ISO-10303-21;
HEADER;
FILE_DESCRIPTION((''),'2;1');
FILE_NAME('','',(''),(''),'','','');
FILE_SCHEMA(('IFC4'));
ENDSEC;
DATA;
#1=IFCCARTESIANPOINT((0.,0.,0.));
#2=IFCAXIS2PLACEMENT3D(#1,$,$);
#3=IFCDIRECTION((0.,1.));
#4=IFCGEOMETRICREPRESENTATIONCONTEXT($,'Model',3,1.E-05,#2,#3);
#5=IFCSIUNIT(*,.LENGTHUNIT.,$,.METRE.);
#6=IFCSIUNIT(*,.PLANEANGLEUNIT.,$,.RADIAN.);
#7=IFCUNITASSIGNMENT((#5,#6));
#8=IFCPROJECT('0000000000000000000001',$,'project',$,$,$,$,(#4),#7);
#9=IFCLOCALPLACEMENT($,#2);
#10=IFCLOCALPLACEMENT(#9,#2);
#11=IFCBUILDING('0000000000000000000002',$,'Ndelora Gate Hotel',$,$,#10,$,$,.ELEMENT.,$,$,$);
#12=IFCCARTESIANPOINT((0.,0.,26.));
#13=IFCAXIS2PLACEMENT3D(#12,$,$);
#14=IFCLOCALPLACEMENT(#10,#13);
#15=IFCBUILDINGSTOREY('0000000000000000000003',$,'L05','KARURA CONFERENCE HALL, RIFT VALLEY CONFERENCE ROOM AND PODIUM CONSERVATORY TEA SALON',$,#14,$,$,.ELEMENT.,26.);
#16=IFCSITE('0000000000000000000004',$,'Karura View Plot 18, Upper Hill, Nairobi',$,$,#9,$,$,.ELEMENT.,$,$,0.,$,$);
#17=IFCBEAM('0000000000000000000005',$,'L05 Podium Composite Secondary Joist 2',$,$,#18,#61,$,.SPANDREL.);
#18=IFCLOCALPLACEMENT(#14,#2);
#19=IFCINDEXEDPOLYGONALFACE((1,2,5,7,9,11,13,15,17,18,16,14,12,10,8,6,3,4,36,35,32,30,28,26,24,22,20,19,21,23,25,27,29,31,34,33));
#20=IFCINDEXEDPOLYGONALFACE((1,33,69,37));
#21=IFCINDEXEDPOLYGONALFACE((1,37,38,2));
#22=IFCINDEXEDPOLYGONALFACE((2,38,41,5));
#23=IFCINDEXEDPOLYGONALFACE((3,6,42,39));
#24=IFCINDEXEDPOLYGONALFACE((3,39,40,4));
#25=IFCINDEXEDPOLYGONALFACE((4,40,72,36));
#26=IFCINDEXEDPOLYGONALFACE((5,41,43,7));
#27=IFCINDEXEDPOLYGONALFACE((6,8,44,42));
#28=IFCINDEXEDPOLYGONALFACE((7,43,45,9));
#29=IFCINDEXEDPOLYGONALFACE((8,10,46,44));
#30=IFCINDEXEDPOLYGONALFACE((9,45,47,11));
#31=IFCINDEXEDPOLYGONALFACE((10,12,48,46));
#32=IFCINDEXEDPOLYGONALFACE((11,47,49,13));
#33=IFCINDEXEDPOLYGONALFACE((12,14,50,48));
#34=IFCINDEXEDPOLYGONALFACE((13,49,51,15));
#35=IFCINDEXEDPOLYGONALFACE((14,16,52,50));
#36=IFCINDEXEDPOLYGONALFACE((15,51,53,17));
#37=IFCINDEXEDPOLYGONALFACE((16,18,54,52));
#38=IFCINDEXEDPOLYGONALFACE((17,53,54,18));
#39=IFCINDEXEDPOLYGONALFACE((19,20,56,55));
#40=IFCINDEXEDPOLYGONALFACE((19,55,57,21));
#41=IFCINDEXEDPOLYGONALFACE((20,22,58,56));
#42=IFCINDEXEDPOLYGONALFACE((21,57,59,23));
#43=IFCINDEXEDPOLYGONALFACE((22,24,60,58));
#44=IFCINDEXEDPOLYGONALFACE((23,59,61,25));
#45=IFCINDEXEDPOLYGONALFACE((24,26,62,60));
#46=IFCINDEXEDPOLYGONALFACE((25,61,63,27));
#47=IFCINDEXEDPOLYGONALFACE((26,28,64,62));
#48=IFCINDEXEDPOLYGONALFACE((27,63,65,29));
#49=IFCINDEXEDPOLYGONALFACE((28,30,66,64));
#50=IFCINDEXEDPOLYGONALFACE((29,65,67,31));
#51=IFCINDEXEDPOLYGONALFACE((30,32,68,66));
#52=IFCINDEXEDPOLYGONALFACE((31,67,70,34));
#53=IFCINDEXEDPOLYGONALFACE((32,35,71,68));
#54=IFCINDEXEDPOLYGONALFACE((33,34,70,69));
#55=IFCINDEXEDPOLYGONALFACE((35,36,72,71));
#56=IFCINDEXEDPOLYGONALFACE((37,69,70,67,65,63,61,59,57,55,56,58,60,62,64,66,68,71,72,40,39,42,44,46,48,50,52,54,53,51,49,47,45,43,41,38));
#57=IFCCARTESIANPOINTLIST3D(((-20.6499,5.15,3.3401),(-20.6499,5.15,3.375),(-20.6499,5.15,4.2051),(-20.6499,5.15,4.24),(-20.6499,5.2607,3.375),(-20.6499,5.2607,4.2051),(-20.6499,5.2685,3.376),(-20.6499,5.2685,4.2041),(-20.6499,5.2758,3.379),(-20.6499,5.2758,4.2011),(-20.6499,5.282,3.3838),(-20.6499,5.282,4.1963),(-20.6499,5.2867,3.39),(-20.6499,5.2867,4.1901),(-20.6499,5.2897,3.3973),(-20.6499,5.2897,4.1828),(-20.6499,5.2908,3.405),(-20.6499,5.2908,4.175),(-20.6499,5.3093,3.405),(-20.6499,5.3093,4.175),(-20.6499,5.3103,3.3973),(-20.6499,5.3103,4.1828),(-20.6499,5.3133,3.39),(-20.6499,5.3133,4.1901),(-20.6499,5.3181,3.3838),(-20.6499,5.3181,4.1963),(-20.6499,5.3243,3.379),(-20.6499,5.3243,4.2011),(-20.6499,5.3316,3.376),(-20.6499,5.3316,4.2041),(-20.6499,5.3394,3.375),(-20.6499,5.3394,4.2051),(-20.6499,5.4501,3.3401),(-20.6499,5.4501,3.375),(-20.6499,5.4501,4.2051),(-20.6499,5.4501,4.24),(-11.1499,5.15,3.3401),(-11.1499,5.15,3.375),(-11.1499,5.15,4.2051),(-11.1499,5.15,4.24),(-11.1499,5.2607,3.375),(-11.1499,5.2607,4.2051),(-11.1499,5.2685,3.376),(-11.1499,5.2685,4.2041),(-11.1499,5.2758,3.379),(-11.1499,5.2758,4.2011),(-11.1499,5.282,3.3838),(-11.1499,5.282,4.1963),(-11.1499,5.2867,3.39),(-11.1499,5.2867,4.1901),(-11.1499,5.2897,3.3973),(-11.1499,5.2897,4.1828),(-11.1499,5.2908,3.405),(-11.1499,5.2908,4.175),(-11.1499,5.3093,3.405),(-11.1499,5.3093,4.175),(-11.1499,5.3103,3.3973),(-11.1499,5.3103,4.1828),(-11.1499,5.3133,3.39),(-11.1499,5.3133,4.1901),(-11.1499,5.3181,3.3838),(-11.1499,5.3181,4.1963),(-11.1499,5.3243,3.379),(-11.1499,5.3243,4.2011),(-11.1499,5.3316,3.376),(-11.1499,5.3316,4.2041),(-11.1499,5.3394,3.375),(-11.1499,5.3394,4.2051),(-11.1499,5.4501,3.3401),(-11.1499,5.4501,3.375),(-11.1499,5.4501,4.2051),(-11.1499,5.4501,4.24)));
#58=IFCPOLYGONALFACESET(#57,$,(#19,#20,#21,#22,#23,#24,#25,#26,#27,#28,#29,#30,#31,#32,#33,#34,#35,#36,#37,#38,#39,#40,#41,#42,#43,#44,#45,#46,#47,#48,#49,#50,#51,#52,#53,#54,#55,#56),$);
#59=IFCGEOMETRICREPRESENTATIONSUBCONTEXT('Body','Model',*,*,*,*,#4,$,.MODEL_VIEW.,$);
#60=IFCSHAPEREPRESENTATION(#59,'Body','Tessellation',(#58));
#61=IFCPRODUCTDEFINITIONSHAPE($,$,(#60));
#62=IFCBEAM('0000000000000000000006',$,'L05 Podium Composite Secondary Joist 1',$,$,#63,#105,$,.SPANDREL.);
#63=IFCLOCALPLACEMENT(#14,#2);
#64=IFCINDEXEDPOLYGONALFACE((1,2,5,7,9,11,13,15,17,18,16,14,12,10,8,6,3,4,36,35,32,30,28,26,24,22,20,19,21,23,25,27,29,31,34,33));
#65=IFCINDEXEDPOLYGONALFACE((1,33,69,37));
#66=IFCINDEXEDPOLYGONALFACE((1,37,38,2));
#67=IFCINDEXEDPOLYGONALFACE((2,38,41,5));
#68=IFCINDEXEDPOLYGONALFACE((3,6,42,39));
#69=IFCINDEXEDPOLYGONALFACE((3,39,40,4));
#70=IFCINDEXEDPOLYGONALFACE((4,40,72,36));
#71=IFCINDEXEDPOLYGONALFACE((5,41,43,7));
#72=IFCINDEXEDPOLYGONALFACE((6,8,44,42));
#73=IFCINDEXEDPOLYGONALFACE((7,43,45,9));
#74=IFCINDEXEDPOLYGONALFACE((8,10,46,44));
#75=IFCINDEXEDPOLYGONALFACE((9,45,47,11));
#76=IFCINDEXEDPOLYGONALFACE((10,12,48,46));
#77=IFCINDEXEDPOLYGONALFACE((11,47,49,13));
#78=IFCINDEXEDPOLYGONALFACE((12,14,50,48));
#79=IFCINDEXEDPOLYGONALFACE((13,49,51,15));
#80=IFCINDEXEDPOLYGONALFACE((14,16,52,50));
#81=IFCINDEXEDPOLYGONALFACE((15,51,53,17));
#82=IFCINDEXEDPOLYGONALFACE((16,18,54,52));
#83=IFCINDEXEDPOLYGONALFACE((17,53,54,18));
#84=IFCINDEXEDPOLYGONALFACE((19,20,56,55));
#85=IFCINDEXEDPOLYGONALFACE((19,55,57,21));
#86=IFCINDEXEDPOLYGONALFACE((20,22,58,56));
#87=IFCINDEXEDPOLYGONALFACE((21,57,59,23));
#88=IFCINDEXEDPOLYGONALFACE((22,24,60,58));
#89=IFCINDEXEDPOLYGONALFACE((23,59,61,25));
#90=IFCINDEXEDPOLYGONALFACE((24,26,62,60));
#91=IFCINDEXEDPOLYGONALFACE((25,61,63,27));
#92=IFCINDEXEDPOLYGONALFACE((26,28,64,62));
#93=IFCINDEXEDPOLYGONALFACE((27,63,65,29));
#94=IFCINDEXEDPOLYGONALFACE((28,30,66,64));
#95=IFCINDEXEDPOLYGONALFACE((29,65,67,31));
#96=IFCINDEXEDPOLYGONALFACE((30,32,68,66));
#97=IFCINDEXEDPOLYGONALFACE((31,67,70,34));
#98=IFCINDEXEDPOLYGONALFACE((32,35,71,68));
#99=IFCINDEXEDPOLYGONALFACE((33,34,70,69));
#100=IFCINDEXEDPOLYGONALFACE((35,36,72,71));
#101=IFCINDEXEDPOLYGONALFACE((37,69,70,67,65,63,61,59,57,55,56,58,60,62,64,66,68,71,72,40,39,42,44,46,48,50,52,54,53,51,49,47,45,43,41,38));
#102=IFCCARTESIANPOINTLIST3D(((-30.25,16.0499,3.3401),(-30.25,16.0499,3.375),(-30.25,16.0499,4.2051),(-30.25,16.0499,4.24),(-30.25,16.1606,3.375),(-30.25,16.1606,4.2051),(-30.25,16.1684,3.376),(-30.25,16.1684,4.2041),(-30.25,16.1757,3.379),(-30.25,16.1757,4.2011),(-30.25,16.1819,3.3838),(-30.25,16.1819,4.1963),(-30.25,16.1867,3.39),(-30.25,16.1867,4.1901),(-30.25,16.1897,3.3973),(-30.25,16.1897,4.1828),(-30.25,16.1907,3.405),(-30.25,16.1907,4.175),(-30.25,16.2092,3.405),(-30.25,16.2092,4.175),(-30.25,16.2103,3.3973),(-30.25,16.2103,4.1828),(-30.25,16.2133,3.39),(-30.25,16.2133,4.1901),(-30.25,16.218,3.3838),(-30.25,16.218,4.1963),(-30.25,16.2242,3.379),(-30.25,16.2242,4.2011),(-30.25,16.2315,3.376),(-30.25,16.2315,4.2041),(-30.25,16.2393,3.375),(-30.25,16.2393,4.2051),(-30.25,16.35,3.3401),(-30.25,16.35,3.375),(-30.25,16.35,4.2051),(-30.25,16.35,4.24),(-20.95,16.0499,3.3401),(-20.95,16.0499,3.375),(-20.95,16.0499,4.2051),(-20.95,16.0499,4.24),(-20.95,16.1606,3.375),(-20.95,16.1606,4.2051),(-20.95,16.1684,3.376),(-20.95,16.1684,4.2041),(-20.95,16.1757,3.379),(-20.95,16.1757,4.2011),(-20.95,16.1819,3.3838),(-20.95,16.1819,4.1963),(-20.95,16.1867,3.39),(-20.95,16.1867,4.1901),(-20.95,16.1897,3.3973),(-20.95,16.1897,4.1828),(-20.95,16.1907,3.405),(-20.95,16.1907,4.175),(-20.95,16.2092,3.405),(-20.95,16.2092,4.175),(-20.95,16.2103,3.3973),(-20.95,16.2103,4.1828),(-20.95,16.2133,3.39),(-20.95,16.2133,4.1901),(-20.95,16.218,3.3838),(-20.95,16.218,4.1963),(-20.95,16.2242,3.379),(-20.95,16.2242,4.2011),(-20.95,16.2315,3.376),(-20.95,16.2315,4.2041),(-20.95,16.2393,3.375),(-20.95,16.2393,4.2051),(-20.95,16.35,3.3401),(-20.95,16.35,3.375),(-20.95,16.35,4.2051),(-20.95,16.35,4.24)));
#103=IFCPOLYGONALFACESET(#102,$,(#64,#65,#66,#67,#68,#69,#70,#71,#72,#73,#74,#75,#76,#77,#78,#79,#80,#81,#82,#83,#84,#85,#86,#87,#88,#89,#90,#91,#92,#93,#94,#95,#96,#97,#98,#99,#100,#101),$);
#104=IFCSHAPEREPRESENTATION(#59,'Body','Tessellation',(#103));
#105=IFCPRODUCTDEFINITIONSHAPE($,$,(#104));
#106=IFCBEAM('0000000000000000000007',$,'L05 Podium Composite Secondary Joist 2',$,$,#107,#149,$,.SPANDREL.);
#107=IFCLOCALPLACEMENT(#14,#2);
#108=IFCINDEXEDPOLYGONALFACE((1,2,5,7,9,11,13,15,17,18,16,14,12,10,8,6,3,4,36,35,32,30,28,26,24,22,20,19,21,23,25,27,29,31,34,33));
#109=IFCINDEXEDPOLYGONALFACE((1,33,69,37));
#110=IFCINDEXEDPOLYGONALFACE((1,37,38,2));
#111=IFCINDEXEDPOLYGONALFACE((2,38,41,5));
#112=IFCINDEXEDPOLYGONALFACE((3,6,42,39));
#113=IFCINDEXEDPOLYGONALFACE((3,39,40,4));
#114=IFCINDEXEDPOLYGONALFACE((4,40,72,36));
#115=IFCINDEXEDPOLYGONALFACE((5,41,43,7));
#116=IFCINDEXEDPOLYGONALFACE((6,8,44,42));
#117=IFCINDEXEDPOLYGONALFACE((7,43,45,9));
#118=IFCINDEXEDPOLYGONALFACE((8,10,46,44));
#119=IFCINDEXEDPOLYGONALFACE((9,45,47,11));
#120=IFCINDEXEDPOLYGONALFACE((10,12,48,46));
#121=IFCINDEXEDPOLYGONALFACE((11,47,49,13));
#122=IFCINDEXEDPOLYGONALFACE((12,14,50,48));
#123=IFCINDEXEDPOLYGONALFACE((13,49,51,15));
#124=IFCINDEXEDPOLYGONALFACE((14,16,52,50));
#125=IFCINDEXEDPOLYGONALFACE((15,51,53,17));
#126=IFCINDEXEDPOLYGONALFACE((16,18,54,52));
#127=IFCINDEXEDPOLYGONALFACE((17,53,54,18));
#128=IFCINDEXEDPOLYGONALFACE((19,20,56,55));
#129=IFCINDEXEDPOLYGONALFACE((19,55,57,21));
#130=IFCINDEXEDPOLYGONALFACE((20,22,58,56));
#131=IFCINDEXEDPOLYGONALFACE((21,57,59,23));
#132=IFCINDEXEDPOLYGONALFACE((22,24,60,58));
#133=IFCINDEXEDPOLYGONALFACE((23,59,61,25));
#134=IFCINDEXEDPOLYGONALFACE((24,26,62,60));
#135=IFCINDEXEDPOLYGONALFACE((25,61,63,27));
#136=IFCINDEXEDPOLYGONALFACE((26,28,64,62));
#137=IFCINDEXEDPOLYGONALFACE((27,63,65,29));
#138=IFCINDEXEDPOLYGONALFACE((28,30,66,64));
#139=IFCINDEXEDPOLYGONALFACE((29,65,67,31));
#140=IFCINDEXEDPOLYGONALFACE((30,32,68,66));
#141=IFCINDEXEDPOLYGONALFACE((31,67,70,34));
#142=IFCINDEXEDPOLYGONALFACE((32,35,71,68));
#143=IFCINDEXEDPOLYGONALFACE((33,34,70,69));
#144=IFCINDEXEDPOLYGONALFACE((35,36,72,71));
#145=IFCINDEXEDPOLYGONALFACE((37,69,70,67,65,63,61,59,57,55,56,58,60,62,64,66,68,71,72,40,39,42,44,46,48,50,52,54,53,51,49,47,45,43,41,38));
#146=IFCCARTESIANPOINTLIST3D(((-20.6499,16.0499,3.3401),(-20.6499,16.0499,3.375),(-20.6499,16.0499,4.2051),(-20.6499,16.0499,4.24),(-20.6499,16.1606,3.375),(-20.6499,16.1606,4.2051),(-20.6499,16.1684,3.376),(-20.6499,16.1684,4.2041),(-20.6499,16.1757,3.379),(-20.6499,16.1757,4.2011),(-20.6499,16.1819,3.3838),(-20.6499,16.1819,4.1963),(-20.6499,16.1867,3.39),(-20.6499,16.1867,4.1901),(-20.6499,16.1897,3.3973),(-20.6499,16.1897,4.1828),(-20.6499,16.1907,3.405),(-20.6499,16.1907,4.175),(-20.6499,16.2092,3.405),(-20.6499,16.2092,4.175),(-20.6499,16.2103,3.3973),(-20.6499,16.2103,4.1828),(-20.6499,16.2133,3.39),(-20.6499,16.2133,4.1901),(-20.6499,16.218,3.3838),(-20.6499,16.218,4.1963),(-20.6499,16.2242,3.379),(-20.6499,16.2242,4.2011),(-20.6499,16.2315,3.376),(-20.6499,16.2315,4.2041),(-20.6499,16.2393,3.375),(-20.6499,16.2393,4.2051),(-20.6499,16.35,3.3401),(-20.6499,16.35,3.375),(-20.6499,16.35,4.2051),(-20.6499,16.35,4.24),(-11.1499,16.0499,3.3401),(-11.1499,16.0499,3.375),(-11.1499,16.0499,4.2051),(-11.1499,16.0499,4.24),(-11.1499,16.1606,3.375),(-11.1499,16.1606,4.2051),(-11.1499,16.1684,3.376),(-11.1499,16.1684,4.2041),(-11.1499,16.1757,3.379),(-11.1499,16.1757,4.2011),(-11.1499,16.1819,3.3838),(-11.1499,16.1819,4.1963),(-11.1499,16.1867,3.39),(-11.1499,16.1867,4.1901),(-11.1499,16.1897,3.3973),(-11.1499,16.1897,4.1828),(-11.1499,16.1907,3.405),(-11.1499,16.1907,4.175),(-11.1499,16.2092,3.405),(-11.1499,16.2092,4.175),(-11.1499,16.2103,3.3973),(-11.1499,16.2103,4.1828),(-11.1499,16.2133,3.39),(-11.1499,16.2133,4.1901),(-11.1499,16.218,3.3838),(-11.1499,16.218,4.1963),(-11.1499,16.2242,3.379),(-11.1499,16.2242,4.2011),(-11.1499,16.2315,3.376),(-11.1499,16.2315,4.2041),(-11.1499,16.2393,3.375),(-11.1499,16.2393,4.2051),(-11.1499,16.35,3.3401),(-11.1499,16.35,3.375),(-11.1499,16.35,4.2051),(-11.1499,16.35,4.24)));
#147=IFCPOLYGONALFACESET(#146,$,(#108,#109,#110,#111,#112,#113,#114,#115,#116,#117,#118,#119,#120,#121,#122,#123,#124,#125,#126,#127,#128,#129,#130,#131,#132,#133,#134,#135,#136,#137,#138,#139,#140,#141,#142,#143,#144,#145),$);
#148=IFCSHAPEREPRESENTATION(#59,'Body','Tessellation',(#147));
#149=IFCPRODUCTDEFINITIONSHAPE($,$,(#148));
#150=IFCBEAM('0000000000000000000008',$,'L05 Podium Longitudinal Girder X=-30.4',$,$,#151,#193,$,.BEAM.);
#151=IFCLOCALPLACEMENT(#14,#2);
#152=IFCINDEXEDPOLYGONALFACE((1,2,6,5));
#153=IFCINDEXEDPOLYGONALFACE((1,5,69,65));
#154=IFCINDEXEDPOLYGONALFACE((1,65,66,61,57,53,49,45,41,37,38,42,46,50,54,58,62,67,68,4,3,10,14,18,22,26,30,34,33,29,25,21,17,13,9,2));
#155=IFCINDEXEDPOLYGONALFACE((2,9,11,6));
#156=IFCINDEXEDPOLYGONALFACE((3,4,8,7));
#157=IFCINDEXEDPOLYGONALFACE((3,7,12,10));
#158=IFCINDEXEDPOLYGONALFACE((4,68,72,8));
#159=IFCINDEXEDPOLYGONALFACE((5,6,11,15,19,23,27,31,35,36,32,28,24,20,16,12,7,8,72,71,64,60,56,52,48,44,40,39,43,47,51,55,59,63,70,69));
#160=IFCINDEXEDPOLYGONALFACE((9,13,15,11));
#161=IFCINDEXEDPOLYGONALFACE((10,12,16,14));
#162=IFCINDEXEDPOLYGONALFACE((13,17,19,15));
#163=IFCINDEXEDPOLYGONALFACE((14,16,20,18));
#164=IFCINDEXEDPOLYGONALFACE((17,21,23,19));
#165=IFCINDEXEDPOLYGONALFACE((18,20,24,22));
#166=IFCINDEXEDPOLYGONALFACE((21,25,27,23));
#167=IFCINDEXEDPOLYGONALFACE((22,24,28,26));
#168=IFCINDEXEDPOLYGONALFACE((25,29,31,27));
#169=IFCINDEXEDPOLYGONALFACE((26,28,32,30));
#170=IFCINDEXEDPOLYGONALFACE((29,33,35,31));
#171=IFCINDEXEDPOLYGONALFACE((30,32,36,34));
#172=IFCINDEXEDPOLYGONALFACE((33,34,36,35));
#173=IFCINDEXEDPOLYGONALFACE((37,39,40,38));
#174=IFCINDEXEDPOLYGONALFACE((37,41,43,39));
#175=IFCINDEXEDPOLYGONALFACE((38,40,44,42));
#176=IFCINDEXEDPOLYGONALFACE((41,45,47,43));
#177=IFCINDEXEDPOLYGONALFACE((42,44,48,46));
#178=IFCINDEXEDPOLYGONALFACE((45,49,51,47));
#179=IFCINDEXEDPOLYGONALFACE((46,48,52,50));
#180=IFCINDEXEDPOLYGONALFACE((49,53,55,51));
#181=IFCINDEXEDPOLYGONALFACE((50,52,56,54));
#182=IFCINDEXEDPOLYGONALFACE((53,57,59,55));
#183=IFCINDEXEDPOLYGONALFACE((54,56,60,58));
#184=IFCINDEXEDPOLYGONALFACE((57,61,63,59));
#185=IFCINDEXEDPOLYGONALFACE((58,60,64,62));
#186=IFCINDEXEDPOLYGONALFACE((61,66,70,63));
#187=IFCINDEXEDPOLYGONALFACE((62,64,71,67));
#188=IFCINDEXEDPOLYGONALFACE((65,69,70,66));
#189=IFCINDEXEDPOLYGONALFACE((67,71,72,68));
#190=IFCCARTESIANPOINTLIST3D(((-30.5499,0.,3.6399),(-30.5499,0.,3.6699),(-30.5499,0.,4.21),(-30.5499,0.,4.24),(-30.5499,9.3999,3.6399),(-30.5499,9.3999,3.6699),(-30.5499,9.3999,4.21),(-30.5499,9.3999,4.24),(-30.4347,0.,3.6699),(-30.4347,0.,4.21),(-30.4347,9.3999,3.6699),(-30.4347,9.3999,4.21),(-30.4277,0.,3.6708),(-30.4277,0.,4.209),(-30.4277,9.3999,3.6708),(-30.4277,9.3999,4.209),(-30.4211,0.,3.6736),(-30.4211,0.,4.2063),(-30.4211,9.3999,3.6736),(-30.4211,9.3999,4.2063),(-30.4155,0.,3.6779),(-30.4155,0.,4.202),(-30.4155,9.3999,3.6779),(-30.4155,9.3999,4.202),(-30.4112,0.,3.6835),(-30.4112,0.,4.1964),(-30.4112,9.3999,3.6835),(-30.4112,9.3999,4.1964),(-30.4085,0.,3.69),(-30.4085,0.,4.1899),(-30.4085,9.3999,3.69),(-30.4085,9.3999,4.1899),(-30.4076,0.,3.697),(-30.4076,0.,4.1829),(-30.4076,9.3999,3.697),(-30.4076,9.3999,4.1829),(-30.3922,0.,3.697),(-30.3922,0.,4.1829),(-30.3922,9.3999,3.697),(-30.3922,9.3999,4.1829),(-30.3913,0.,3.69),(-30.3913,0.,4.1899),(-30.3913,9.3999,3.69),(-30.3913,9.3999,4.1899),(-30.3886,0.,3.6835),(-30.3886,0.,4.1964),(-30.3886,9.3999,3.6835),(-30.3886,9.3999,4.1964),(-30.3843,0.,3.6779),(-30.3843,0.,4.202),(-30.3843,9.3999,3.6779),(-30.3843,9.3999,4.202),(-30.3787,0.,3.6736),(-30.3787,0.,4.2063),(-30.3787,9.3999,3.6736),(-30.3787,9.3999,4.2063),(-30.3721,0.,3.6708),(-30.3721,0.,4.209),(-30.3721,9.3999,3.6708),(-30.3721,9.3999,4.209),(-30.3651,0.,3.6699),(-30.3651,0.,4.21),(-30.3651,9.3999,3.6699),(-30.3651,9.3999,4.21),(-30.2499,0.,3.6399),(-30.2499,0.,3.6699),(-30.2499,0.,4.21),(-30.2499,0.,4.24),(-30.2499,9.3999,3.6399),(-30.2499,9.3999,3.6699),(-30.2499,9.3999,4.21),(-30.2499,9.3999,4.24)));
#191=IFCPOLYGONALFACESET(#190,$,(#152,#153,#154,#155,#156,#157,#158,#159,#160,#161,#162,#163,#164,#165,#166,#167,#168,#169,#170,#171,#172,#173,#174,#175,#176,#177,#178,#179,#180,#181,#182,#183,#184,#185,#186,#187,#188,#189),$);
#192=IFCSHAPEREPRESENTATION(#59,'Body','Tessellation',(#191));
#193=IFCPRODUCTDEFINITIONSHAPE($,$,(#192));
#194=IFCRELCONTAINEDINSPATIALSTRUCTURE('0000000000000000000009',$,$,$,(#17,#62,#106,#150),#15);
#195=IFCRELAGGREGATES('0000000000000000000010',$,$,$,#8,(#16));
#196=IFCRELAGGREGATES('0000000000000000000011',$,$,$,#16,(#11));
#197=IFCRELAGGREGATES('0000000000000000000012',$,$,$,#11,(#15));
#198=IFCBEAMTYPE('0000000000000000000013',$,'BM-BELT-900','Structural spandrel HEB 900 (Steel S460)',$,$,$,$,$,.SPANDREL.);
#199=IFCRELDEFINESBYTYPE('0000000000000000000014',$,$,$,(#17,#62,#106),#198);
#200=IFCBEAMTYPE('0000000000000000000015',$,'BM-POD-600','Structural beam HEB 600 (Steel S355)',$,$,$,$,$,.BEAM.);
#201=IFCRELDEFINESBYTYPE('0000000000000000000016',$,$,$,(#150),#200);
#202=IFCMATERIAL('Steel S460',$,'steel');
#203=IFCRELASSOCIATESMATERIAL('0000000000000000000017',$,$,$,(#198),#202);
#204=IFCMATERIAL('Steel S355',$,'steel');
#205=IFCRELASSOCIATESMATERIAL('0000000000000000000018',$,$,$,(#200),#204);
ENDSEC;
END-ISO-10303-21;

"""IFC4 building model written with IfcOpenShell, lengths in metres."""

from ifc_helpers import new_model, si_unit, direction, frame, origin, origin_2d, place, context, subcontext, project, spatial, i_section, extrude, material, material_profile, profile_set, type_object, element, save


model = new_model("IFC4")

# Units and contexts
model_context = context("Model", 3, precision=1e-05, world=origin(), true_north=direction((0.0, 1.0)))
body_context = subcontext(model_context, "Body", "Model", "MODEL_VIEW")
ifc_project = project(units=[si_unit("LENGTHUNIT", "METRE"), si_unit("PLANEANGLEUNIT", "RADIAN")], contexts=[model_context])

# Site, building, storey
site_placement = place(None, origin())
site = spatial("IfcSite", under=ifc_project, at=site_placement, Name="Karura View Plot 18, Upper Hill, Nairobi", CompositionType="ELEMENT", RefElevation=0.0)
building_placement = place(site_placement, origin())
building = spatial("IfcBuilding", under=site, at=building_placement, Name="Ndelora Gate Hotel", CompositionType="ELEMENT")
storey_placement = place(building_placement, frame((0.0, 0.0, 26.0)))
storey = spatial("IfcBuildingStorey", under=building, at=storey_placement, Name="L05", Description="KARURA CONFERENCE HALL, RIFT VALLEY CONFERENCE ROOM AND PODIUM CONSERVATORY TEA SALON", CompositionType="ELEMENT", Elevation=26.0)

# Beams
ifc_material_1 = material(Name="Steel S460", Category="steel")
ifc_material_profile_1 = material_profile(ifc_material_1, i_section(OverallWidth=0.3, OverallDepth=0.8999, WebThickness=0.0186, FlangeThickness=0.0349, FilletRadius=0.03, at=origin_2d()), Name="HEB 900")
ifc_profile_set_1 = profile_set([ifc_material_profile_1], Name="Steel S460")
beam_type_1 = type_object("IfcBeamType", Name="BM-BELT-900", Description="Structural spandrel HEB 900 (Steel S460)", PredefinedType="SPANDREL", material=ifc_profile_set_1)
beam_1_placement = place(storey_placement, frame((-20.6499, 5.3, 3.79), z_axis=(1.0, 0.0, 0.0), x_axis=(0.0, 1.0, 0.0)))
element("IfcBeam", 1, at=beam_1_placement, inside=storey, type_object=beam_type_1, Name="L05 Podium Composite Secondary Joist 2", PredefinedType="SPANDREL", context=body_context, shape_type="SweptSolid", body=[
    extrude(i_section(OverallWidth=0.3, OverallDepth=0.8999, WebThickness=0.0186, FlangeThickness=0.0349, FilletRadius=0.03, at=origin_2d()), origin(), (0.0, 0.0, 1.0), 9.5),
])
beam_2_placement = place(storey_placement, frame((-30.25, 16.2, 3.79), z_axis=(1.0, 0.0, 0.0), x_axis=(0.0, 1.0, 0.0)))
element("IfcBeam", 2, at=beam_2_placement, inside=storey, type_object=beam_type_1, Name="L05 Podium Composite Secondary Joist 1", PredefinedType="SPANDREL", context=body_context, shape_type="SweptSolid", body=[
    extrude(i_section(OverallWidth=0.3, OverallDepth=0.8999, WebThickness=0.0186, FlangeThickness=0.0349, FilletRadius=0.03, at=origin_2d()), origin(), (0.0, 0.0, 1.0), 9.3),
])
beam_3_placement = place(storey_placement, frame((-20.6499, 16.2, 3.79), z_axis=(1.0, 0.0, 0.0), x_axis=(0.0, 1.0, 0.0)))
element("IfcBeam", 3, at=beam_3_placement, inside=storey, type_object=beam_type_1, Name="L05 Podium Composite Secondary Joist 2", PredefinedType="SPANDREL", context=body_context, shape_type="SweptSolid", body=[
    extrude(i_section(OverallWidth=0.3, OverallDepth=0.8999, WebThickness=0.0186, FlangeThickness=0.0349, FilletRadius=0.03, at=origin_2d()), origin(), (0.0, 0.0, 1.0), 9.5),
])
ifc_material_2 = material(Name="Steel S355", Category="steel")
ifc_material_profile_2 = material_profile(ifc_material_2, i_section(OverallWidth=0.3, OverallDepth=0.6001, WebThickness=0.0154, FlangeThickness=0.03, FilletRadius=0.0271, at=origin_2d()), Name="HEB 600")
ifc_profile_set_2 = profile_set([ifc_material_profile_2], Name="Steel S355")
beam_type_2 = type_object("IfcBeamType", Name="BM-POD-600", Description="Structural beam HEB 600 (Steel S355)", PredefinedType="BEAM", material=ifc_profile_set_2)
beam_4_placement = place(storey_placement, frame((-30.3999, 0.0, 3.9399), z_axis=(0.0, 1.0, 0.0), x_axis=(-1.0, 0.0, 0.0)))
element("IfcBeam", 4, at=beam_4_placement, inside=storey, type_object=beam_type_2, Name="L05 Podium Longitudinal Girder X=-30.4", PredefinedType="BEAM", context=body_context, shape_type="SweptSolid", body=[
    extrude(i_section(OverallWidth=0.3, OverallDepth=0.6001, WebThickness=0.0154, FlangeThickness=0.03, FilletRadius=0.0271, at=origin_2d()), origin(), (0.0, 0.0, 1.0), 9.3999),
])

save(model, "model.ifc")
